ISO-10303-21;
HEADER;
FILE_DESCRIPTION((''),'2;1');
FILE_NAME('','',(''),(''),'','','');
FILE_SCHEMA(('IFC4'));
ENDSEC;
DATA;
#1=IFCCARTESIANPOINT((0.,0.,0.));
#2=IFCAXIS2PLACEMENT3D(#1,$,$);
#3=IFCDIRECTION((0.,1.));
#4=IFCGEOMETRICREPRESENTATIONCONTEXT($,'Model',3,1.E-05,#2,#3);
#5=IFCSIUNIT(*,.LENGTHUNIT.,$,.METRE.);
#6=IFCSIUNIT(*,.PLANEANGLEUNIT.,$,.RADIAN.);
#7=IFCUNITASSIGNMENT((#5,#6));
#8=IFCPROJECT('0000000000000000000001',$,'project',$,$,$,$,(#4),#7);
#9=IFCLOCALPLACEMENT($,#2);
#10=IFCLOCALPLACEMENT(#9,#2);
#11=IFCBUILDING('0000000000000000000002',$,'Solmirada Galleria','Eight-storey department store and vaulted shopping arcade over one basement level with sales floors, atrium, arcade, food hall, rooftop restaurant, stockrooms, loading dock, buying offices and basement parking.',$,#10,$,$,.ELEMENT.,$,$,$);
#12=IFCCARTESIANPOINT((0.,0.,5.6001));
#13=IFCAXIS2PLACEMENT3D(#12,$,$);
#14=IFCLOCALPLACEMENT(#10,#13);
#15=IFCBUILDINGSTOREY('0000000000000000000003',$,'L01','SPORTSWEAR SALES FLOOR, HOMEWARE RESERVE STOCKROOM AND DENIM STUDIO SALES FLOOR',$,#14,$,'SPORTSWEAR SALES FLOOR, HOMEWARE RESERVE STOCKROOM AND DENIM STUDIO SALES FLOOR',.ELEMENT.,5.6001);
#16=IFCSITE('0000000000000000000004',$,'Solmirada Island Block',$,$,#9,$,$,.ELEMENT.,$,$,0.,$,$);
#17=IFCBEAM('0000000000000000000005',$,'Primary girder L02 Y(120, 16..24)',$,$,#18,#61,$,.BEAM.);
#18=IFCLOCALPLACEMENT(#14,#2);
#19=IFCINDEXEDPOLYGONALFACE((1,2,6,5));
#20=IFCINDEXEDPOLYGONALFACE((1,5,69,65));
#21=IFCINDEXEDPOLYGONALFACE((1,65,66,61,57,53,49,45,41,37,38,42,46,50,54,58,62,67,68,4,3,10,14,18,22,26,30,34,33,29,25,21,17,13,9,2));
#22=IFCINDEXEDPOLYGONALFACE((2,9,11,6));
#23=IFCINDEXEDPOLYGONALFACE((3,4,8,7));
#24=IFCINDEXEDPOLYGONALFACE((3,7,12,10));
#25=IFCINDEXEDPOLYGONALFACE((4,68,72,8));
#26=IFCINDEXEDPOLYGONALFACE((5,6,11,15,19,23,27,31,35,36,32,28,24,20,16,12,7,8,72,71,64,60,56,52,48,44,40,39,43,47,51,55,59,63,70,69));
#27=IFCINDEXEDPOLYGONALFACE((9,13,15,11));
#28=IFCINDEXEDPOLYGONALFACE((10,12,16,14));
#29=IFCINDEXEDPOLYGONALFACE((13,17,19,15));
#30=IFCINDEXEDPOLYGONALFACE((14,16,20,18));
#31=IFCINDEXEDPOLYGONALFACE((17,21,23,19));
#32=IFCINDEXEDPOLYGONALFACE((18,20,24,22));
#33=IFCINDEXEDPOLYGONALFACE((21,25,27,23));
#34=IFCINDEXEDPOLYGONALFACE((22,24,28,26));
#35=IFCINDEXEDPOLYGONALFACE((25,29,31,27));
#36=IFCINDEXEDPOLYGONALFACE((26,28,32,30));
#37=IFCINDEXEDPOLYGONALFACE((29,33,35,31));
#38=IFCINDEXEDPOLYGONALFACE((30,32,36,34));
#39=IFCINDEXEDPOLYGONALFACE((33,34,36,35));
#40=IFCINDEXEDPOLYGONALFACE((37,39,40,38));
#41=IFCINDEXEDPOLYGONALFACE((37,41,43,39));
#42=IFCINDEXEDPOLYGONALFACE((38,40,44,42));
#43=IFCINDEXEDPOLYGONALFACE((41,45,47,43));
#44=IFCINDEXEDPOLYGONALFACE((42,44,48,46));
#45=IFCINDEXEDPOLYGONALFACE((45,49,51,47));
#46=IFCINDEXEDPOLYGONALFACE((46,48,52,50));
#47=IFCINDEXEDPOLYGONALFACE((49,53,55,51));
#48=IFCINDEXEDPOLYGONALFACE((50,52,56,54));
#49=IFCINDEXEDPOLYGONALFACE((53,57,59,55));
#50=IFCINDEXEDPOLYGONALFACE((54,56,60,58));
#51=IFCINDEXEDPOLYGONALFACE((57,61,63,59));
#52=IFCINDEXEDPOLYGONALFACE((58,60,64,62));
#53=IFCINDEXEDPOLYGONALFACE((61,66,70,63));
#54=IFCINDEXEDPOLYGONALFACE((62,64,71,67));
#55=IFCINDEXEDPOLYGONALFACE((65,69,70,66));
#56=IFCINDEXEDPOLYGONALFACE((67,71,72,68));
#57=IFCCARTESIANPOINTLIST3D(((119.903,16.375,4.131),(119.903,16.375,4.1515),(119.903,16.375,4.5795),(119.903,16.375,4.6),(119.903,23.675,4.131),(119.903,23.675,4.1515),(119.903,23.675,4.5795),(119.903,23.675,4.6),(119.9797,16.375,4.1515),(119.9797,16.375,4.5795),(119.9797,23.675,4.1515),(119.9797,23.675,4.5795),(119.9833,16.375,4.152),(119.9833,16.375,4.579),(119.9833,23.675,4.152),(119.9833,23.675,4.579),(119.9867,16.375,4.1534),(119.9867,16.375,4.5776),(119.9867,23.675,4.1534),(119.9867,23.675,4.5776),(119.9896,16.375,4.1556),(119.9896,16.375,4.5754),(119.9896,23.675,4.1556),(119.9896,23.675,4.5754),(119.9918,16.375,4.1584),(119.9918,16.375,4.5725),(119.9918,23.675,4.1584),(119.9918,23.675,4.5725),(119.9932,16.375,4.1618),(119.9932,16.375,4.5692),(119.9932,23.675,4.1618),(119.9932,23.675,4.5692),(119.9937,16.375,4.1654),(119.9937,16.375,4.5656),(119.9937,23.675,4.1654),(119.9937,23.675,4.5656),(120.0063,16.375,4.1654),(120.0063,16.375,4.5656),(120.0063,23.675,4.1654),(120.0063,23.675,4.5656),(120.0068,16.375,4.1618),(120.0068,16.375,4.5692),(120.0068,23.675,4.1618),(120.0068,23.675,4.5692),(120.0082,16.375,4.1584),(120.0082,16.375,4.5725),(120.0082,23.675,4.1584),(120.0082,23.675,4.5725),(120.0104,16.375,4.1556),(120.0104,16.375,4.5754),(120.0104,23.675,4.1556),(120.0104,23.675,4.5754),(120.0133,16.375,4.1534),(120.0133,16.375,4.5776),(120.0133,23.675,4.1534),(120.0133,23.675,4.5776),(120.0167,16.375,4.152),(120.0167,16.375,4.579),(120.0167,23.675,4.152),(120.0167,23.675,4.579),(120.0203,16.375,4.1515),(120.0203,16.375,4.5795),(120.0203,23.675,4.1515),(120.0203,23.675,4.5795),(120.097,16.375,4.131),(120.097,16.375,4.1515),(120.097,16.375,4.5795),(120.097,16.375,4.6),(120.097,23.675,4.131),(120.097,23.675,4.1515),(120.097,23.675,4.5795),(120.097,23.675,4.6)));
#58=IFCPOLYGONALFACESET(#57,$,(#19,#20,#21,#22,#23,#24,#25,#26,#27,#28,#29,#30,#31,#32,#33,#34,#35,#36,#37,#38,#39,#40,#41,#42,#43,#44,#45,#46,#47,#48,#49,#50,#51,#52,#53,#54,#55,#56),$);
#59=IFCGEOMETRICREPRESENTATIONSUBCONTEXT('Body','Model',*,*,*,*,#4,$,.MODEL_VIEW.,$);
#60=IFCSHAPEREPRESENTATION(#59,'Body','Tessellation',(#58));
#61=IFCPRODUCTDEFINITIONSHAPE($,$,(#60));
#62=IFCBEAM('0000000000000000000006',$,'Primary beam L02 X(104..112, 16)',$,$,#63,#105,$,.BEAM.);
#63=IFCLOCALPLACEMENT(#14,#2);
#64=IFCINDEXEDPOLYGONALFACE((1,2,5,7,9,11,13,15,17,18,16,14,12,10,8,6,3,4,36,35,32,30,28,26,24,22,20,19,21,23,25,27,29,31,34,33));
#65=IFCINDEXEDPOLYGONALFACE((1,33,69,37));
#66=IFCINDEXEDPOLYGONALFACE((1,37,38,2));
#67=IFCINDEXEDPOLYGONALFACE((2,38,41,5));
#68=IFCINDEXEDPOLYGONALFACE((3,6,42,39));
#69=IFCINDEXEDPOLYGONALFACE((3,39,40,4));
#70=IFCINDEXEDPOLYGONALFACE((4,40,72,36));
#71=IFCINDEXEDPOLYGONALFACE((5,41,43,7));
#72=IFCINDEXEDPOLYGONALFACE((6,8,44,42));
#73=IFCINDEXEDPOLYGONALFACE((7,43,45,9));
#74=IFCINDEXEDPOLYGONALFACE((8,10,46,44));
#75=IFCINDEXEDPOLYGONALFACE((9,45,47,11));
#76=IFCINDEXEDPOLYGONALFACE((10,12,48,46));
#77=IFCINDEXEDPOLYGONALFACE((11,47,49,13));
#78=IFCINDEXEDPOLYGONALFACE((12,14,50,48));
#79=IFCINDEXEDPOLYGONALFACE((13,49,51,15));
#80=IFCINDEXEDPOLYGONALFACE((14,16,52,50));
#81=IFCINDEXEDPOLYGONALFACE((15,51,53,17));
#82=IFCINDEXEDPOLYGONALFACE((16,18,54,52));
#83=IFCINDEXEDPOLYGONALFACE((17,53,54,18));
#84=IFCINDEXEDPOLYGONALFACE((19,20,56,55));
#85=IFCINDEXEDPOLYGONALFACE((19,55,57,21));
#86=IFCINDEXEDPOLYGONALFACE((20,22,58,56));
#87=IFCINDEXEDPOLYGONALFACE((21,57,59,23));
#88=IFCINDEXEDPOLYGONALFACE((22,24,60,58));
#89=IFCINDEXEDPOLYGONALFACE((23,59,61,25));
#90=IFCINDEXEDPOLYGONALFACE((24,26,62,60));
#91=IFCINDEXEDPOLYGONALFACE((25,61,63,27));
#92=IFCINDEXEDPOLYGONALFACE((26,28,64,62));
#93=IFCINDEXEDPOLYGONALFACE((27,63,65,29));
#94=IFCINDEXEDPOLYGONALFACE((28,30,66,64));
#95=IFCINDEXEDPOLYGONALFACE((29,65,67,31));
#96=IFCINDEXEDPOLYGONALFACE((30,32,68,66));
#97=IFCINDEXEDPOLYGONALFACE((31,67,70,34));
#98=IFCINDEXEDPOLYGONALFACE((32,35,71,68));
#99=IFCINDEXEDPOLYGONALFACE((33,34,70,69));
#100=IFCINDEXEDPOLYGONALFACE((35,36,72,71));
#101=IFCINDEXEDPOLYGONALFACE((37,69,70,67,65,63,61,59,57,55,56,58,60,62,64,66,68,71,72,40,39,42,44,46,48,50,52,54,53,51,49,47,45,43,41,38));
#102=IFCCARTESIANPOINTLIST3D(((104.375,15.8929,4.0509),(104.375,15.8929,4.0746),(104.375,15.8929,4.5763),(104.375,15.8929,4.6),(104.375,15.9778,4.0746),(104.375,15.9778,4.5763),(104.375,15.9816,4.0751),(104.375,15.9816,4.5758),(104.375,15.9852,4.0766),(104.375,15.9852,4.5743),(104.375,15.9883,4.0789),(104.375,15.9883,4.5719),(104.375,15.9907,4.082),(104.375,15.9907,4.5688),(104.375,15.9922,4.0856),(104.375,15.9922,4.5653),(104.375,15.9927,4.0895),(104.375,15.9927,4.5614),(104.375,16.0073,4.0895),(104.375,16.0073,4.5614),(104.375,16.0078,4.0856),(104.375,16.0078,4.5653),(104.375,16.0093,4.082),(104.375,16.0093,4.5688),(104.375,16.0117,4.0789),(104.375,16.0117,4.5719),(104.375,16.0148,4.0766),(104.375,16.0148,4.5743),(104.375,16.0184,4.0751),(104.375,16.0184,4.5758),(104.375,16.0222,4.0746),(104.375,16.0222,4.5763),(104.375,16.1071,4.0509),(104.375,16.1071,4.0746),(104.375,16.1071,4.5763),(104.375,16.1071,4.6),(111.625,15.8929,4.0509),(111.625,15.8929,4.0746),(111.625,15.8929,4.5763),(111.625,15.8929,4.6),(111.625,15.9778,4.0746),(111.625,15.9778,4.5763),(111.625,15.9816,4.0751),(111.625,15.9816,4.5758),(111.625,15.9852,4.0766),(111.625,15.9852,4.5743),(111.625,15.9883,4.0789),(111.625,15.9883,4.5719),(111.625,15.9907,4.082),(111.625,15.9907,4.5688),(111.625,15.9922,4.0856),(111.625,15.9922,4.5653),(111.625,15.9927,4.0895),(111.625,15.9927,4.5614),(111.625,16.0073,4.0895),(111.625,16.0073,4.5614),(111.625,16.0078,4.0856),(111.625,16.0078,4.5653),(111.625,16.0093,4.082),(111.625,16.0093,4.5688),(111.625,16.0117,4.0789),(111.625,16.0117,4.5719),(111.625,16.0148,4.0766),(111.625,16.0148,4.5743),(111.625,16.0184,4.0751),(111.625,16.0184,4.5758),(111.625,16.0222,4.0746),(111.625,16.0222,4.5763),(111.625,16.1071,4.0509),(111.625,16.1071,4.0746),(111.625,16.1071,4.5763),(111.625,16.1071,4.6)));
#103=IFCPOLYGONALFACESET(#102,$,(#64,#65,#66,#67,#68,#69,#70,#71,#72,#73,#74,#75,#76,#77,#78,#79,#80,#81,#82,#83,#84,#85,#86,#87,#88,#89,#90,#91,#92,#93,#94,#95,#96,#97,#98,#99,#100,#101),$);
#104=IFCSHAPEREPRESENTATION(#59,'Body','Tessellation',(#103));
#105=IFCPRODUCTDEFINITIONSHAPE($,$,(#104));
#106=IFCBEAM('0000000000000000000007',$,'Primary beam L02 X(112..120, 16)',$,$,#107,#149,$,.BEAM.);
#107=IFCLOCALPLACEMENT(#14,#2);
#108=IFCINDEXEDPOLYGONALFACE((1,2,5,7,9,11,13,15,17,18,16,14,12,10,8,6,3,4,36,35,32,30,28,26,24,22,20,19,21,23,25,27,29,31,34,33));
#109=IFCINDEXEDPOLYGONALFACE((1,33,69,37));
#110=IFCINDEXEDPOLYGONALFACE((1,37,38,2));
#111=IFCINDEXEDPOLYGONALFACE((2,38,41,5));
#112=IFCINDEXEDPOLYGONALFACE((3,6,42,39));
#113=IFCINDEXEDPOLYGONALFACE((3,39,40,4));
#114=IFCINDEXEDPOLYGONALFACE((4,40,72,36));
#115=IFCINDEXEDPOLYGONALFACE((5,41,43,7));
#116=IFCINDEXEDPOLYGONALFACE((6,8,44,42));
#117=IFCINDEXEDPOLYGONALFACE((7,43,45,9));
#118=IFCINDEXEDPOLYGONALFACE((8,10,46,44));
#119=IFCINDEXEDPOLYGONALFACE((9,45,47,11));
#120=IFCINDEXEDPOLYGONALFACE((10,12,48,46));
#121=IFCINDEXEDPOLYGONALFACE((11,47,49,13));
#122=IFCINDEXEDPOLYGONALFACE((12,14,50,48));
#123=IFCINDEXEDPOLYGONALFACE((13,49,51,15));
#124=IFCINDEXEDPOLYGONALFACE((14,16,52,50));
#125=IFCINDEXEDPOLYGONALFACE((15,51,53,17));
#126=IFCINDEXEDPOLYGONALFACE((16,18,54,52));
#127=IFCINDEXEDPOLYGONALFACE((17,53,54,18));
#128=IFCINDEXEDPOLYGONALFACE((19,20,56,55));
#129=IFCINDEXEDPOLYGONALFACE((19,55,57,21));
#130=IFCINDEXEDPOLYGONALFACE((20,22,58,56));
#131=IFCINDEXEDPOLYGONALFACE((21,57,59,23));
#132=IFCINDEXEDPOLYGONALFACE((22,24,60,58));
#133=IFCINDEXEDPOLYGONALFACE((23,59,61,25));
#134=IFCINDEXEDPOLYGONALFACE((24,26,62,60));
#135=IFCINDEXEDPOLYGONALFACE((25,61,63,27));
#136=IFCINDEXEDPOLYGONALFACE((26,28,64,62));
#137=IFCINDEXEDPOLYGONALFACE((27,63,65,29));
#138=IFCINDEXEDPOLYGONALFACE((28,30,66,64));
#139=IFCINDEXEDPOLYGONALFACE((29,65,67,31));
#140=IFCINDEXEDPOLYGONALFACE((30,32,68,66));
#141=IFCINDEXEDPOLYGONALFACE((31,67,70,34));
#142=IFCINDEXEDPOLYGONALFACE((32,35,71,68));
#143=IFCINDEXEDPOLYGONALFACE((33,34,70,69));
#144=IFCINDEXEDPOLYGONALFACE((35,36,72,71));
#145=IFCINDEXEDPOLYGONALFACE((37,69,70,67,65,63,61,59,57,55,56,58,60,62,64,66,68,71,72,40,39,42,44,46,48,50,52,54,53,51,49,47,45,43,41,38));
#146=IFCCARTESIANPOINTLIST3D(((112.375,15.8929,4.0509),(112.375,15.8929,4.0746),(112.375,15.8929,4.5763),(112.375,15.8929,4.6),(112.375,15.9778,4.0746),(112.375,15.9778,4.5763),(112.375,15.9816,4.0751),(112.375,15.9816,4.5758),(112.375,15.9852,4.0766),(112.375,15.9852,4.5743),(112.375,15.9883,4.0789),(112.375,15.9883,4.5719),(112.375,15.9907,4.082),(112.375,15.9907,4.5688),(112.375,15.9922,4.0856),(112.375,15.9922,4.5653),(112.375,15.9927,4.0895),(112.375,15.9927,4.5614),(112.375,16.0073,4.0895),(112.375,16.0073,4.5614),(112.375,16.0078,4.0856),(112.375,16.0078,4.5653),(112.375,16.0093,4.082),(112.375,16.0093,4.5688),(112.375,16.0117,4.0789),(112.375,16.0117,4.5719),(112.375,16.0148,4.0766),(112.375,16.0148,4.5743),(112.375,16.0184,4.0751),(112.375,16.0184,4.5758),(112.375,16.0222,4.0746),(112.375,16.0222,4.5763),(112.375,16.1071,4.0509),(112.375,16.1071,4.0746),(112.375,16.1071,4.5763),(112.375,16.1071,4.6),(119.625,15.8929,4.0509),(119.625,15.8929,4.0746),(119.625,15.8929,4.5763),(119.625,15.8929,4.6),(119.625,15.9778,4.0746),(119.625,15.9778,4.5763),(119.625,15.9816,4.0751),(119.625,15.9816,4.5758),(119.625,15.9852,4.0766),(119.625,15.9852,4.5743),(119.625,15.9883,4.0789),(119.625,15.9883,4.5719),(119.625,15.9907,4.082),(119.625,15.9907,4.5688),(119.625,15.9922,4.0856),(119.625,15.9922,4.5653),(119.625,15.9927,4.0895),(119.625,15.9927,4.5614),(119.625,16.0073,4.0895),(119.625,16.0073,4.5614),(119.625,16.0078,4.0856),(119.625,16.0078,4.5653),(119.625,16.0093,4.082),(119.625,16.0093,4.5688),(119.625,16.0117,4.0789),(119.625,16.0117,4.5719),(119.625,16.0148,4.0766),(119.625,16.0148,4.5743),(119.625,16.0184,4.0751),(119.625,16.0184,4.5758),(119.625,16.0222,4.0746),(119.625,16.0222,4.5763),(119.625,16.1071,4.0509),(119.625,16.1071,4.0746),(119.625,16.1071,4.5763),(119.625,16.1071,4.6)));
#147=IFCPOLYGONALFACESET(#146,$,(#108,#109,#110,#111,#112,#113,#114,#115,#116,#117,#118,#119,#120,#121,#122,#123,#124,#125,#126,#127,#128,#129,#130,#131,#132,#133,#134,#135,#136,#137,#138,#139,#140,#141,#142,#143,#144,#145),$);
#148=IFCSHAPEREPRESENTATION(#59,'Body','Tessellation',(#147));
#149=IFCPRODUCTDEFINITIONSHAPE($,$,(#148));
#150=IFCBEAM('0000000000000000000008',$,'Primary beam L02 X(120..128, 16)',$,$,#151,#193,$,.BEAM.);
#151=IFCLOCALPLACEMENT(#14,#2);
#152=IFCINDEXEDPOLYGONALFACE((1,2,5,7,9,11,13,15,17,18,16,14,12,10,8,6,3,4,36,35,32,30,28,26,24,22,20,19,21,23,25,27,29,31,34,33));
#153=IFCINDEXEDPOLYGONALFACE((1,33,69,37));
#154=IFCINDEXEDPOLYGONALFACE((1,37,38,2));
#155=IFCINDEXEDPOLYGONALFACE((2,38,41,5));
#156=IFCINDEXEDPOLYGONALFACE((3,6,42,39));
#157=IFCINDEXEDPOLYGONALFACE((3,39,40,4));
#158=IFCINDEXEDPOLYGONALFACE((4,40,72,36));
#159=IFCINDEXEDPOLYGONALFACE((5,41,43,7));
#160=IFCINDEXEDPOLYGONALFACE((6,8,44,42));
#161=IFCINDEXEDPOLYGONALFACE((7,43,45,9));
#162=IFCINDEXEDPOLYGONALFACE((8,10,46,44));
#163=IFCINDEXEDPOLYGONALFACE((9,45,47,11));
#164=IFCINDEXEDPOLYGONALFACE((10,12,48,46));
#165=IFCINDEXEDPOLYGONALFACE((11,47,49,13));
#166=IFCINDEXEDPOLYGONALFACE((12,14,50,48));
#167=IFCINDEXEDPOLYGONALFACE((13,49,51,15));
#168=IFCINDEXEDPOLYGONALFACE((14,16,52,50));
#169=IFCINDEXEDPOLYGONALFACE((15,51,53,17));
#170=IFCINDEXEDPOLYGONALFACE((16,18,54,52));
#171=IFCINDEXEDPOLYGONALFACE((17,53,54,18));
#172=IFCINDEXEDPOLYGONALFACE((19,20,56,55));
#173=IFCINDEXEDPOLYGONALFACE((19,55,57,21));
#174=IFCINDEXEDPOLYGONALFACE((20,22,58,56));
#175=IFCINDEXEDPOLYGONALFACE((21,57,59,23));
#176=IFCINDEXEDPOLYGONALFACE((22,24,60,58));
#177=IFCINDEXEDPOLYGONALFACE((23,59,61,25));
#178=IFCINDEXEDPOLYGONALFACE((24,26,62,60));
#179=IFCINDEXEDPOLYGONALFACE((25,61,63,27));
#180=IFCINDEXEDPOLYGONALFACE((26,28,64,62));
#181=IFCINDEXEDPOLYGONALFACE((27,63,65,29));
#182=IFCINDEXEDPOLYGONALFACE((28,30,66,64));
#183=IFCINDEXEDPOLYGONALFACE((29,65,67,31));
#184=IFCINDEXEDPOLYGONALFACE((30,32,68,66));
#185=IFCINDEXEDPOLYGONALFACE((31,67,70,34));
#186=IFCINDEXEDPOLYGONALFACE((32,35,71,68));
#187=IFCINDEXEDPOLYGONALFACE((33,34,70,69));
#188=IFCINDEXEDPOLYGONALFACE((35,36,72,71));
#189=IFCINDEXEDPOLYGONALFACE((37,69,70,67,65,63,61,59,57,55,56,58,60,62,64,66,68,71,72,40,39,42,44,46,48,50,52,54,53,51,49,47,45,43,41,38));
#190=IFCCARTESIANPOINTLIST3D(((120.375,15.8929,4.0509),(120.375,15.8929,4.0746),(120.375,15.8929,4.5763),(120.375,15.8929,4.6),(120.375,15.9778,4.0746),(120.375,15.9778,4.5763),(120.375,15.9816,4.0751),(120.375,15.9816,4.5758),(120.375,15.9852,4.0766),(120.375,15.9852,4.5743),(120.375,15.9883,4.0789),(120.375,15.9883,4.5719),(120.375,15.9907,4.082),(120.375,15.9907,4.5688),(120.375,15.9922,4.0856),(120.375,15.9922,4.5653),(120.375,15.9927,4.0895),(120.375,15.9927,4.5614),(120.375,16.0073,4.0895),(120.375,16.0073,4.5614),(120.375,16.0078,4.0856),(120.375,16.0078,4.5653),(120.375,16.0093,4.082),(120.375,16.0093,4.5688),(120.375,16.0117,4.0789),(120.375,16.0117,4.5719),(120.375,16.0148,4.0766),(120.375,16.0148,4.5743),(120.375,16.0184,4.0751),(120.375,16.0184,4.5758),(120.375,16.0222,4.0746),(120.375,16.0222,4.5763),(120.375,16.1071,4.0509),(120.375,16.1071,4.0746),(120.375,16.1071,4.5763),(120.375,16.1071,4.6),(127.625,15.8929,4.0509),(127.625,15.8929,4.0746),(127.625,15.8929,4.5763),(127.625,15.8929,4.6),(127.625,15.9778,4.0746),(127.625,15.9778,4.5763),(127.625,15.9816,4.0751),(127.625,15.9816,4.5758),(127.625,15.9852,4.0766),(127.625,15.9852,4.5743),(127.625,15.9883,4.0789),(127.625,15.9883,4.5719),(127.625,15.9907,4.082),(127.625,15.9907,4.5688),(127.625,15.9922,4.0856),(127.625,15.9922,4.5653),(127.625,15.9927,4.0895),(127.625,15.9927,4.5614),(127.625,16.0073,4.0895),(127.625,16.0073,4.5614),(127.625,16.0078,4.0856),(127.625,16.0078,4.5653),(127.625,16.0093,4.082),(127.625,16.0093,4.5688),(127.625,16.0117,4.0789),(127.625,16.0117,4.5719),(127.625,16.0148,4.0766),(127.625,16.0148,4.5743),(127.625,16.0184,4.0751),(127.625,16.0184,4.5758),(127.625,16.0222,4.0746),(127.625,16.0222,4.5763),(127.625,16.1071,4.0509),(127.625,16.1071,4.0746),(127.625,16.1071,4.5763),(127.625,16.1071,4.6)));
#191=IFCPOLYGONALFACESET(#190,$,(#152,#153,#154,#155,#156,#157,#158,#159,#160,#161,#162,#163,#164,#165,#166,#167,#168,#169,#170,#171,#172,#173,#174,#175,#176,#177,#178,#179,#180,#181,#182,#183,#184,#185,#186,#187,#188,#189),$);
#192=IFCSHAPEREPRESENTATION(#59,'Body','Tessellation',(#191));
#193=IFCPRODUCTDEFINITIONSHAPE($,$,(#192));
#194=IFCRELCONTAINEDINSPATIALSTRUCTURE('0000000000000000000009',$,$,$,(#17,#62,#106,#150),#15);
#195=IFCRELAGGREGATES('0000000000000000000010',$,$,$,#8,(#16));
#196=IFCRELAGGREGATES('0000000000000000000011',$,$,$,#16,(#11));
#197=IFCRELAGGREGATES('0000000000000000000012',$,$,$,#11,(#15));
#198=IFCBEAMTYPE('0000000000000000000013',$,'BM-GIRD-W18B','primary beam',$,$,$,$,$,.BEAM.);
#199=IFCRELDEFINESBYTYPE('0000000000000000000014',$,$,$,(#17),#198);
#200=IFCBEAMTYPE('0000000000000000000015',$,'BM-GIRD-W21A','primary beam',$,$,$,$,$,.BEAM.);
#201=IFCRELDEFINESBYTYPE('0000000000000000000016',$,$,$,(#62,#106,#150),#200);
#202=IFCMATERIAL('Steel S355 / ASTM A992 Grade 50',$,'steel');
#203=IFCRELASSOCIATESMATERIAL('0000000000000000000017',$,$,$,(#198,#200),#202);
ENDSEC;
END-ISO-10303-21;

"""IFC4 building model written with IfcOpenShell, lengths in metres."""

from ifc_helpers import new_model, si_unit, direction, frame, origin, origin_2d, place, context, subcontext, project, spatial, i_section, extrude, material, material_profile, profile_set, type_object, element, save


model = new_model("IFC4")

# Units and contexts
model_context = context("Model", 3, precision=1e-05, world=origin(), true_north=direction((0.0, 1.0)))
body_context = subcontext(model_context, "Body", "Model", "MODEL_VIEW")
ifc_project = project(units=[si_unit("LENGTHUNIT", "METRE"), si_unit("PLANEANGLEUNIT", "RADIAN")], contexts=[model_context])

# Site, building, storey
site_placement = place(None, origin())
site = spatial("IfcSite", under=ifc_project, at=site_placement, Name="Solmirada Island Block", CompositionType="ELEMENT", RefElevation=0.0)
building_placement = place(site_placement, origin())
building = spatial("IfcBuilding", under=site, at=building_placement, Name="Solmirada Galleria", Description="Eight-storey department store and vaulted shopping arcade over one basement level with sales floors, atrium, arcade, food hall, rooftop restaurant, stockrooms, loading dock, buying offices and basement parking.", CompositionType="ELEMENT")
storey_placement = place(building_placement, frame((0.0, 0.0, 5.6001)))
storey = spatial("IfcBuildingStorey", under=building, at=storey_placement, Name="L01", Description="SPORTSWEAR SALES FLOOR, HOMEWARE RESERVE STOCKROOM AND DENIM STUDIO SALES FLOOR", LongName="SPORTSWEAR SALES FLOOR, HOMEWARE RESERVE STOCKROOM AND DENIM STUDIO SALES FLOOR", CompositionType="ELEMENT", Elevation=5.6001)

# Beams
ifc_material_1 = material(Name="Steel S355 / ASTM A992 Grade 50", Category="steel")
ifc_material_profile_1 = material_profile(ifc_material_1, i_section(OverallWidth=0.1941, OverallDepth=0.469, WebThickness=0.0127, FlangeThickness=0.0205, FilletRadius=0.0139, at=origin_2d()), Name="W18X71")
ifc_profile_set_1 = profile_set([ifc_material_profile_1], Name="Steel S355 / ASTM A992 Grade 50")
beam_type_1 = type_object("IfcBeamType", Name="BM-GIRD-W18B", Description="primary beam", PredefinedType="BEAM", material=ifc_profile_set_1)
beam_1_placement = place(storey_placement, frame((120.0, 16.375, 4.3655), z_axis=(0.0, 1.0, 0.0), x_axis=(-1.0, 0.0, 0.0)))
element("IfcBeam", 1, at=beam_1_placement, inside=storey, type_object=beam_type_1, Name="Primary girder L02 Y(120, 16..24)", PredefinedType="BEAM", context=body_context, shape_type="SweptSolid", body=[
    extrude(i_section(OverallWidth=0.1941, OverallDepth=0.469, WebThickness=0.0127, FlangeThickness=0.0205, FilletRadius=0.0139, at=origin_2d()), origin(), (0.0, 0.0, 1.0), 7.3),
])
ifc_material_profile_2 = material_profile(ifc_material_1, i_section(OverallWidth=0.2141, OverallDepth=0.5491, WebThickness=0.0146, FlangeThickness=0.0237, FilletRadius=0.0149, at=origin_2d()), Name="W21X93")
ifc_profile_set_2 = profile_set([ifc_material_profile_2], Name="Steel S355 / ASTM A992 Grade 50")
beam_type_2 = type_object("IfcBeamType", Name="BM-GIRD-W21A", Description="primary beam", PredefinedType="BEAM", material=ifc_profile_set_2)
for number, where, z_axis, x_axis, name in (
    (2, (104.375, 16.0, 4.3254), (1.0, 0.0, 0.0), (0.0, 1.0, 0.0), "Primary beam L02 X(104..112, 16)"),
    (3, (112.375, 16.0, 4.3254), (1.0, 0.0, 0.0), (0.0, 1.0, 0.0), "Primary beam L02 X(112..120, 16)"),
    (4, (120.375, 16.0, 4.3254), (1.0, 0.0, 0.0), (0.0, 1.0, 0.0), "Primary beam L02 X(120..128, 16)"),
):
    element("IfcBeam", number, at=place(storey_placement, frame(where, z_axis=z_axis, x_axis=x_axis)), inside=storey, type_object=beam_type_2, Name=name, PredefinedType="BEAM", context=body_context, shape_type="SweptSolid", body=[
        extrude(i_section(OverallWidth=0.2141, OverallDepth=0.5491, WebThickness=0.0146, FlangeThickness=0.0237, FilletRadius=0.0149, at=origin_2d()), origin(), (0.0, 0.0, 1.0), 7.25),
    ])

save(model, "model.ifc")
